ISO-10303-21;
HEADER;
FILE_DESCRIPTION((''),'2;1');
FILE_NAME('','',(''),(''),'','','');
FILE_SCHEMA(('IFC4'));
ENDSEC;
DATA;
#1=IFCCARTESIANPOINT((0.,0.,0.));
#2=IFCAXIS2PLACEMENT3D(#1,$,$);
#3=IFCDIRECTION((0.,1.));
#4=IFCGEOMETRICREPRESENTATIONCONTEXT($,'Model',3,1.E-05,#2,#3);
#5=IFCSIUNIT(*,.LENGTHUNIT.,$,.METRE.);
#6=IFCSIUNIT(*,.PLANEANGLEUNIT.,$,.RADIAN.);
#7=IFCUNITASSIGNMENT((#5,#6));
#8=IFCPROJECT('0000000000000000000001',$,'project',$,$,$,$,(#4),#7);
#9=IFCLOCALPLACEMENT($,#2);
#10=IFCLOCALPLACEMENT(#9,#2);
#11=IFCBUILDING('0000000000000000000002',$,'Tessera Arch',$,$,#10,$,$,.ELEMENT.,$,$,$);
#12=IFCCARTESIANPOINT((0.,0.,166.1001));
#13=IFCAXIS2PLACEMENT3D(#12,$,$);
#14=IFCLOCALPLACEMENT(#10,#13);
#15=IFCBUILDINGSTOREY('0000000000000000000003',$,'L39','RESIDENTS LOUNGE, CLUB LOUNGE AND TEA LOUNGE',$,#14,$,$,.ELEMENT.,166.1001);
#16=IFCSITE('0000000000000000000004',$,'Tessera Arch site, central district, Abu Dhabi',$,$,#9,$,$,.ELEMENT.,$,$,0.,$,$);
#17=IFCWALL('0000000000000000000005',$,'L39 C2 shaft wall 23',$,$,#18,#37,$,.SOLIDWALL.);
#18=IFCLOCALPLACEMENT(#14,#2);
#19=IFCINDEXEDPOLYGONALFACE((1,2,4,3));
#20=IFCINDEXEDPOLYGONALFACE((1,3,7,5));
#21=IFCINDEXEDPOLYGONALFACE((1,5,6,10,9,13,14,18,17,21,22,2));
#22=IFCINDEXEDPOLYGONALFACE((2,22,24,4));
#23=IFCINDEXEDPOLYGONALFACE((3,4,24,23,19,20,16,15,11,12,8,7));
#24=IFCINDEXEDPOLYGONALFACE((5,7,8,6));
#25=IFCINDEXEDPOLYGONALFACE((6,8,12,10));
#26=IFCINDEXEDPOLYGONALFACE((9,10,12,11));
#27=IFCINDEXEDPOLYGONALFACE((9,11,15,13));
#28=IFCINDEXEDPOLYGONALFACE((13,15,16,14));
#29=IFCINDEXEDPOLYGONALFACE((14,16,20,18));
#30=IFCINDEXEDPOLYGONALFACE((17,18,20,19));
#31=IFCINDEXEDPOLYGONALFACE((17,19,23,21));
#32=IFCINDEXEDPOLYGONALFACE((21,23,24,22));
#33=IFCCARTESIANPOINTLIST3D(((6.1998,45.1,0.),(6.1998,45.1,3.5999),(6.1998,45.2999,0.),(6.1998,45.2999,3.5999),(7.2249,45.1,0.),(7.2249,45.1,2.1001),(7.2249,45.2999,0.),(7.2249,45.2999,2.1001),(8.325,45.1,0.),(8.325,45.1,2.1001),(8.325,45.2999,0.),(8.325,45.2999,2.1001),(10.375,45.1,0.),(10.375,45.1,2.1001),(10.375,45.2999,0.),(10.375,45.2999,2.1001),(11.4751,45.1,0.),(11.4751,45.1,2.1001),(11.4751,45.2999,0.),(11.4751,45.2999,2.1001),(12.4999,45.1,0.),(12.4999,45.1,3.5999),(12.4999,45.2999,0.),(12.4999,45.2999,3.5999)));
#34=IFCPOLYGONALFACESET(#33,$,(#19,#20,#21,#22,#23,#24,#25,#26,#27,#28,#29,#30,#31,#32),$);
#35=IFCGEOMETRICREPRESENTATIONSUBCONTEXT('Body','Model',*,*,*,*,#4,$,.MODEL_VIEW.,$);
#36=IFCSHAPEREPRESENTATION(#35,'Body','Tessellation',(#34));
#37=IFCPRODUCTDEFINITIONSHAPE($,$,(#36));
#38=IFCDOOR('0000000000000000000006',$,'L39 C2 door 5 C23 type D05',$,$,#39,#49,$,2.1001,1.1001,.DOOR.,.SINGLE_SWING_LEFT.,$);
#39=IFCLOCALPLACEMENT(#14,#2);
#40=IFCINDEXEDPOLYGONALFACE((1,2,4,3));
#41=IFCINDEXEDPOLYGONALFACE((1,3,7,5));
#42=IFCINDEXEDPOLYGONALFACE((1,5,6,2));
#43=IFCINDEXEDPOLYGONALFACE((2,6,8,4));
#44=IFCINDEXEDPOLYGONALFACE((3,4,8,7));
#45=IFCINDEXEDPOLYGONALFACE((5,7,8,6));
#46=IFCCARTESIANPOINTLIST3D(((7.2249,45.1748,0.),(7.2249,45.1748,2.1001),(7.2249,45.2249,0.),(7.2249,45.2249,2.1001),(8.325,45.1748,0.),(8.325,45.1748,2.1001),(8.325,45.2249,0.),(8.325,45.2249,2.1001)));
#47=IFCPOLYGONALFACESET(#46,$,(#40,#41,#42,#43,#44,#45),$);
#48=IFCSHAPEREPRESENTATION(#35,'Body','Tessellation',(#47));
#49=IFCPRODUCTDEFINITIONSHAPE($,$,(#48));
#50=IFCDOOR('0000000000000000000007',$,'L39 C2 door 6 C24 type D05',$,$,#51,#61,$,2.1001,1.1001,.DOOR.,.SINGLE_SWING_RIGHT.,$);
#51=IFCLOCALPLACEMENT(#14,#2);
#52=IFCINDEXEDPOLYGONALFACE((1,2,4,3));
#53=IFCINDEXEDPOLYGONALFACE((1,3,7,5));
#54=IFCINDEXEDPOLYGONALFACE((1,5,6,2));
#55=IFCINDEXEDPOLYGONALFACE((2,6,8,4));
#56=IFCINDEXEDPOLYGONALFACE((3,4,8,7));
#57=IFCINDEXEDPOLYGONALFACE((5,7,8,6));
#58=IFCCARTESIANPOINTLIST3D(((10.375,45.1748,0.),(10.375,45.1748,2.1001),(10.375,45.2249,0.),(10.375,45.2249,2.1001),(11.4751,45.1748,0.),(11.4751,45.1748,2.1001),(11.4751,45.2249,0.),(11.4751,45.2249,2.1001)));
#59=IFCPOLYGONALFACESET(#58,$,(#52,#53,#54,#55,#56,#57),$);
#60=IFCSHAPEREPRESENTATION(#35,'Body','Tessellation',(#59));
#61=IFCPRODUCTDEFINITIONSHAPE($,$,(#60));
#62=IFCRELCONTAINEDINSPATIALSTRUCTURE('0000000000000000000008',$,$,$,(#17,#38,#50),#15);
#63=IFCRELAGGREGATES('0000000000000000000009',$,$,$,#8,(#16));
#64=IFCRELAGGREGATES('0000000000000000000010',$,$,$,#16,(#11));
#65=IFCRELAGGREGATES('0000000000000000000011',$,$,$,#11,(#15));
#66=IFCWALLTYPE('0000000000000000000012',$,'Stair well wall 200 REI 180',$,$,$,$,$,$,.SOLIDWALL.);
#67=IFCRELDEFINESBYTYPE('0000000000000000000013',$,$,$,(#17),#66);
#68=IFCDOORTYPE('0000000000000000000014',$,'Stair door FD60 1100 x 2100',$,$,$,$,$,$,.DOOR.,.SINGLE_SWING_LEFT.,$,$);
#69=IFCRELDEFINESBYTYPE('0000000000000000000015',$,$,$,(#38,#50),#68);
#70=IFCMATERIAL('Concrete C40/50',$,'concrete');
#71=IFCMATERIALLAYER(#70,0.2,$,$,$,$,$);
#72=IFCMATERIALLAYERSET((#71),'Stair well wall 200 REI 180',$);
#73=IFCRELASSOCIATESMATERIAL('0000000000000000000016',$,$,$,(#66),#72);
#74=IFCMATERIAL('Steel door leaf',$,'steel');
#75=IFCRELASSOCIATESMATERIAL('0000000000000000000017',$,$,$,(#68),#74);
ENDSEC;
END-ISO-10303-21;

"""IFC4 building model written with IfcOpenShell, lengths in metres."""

from ifc_helpers import new_model, si_unit, direction, frame, frame_2d, origin, place, context, subcontext, project, spatial, rectangle, extrude, material, layer, layer_set, type_object, element, fill, save


model = new_model("IFC4")

# Units and contexts
model_context = context("Model", 3, precision=1e-05, world=origin(), true_north=direction((0.0, 1.0)))
body_context = subcontext(model_context, "Body", "Model", "MODEL_VIEW")
ifc_project = project(units=[si_unit("LENGTHUNIT", "METRE"), si_unit("PLANEANGLEUNIT", "RADIAN")], contexts=[model_context])

# Site, building, storey
site_placement = place(None, origin())
site = spatial("IfcSite", under=ifc_project, at=site_placement, Name="Tessera Arch site, central district, Abu Dhabi", CompositionType="ELEMENT", RefElevation=0.0)
building_placement = place(site_placement, origin())
building = spatial("IfcBuilding", under=site, at=building_placement, Name="Tessera Arch", CompositionType="ELEMENT")
storey_placement = place(building_placement, frame((0.0, 0.0, 166.1001)))
storey = spatial("IfcBuildingStorey", under=building, at=storey_placement, Name="L39", Description="RESIDENTS LOUNGE, CLUB LOUNGE AND TEA LOUNGE", CompositionType="ELEMENT", Elevation=166.1001)

# Wall, openings, doors
ifc_material_1 = material(Name="Concrete C40/50", Category="concrete")
ifc_layer_1 = layer(ifc_material_1, 0.2)
ifc_layer_set_1 = layer_set([ifc_layer_1], Name="Stair well wall 200 REI 180")
wall_type_1 = type_object("IfcWallType", Name="Stair well wall 200 REI 180", PredefinedType="SOLIDWALL", material=ifc_layer_set_1)
wall_1_placement = place(storey_placement, frame((6.2, 45.2, 0.0), z_axis=(0.0, 0.0, 1.0), x_axis=(1.0, 0.0, 0.0)))
wall_1 = element("IfcWall", 1, at=wall_1_placement, inside=storey, type_object=wall_type_1, Name="L39 C2 shaft wall 23", PredefinedType="SOLIDWALL", context=body_context, shape_type="SweptSolid", body=[
    extrude(rectangle(XDim=6.3, YDim=0.2, at=frame_2d((3.1499, 0.0))), origin(), (0.0, 0.0, 1.0), 3.5999),
])
opening_1_placement = place(wall_1_placement, frame((1.0249, 0.0, 0.0)))
opening_1 = element("IfcOpeningElement", 2, at=opening_1_placement, cuts=wall_1, PredefinedType="OPENING", context=body_context, shape_type="SweptSolid", body=[
    extrude(rectangle(XDim=1.1001, YDim=2.1001, at=frame_2d((0.55, 1.05))), frame((0.0, 0.1099, 0.0), z_axis=(0.0, -1.0, 0.0), x_axis=(1.0, 0.0, 0.0)), (0.0, 0.0, 1.0), 0.22),
])
opening_2_placement = place(wall_1_placement, frame((4.175, 0.0, 0.0)))
opening_2 = element("IfcOpeningElement", 3, at=opening_2_placement, cuts=wall_1, PredefinedType="OPENING", context=body_context, shape_type="SweptSolid", body=[
    extrude(rectangle(XDim=1.1001, YDim=2.1001, at=frame_2d((0.55, 1.05))), frame((0.0, 0.1099, 0.0), z_axis=(0.0, -1.0, 0.0), x_axis=(1.0, 0.0, 0.0)), (0.0, 0.0, 1.0), 0.22),
])
ifc_material_2 = material(Name="Steel door leaf", Category="steel")
door_type_1 = type_object("IfcDoorType", Name="Stair door FD60 1100 x 2100", OperationType="SINGLE_SWING_LEFT", PredefinedType="DOOR", material=ifc_material_2)
door_1_placement = place(opening_1_placement, origin())
door_1 = element("IfcDoor", 4, at=door_1_placement, inside=storey, type_object=door_type_1, Name="L39 C2 door 5 C23 type D05", OperationType="SINGLE_SWING_LEFT", OverallHeight=2.1001, OverallWidth=1.1001, PredefinedType="DOOR", context=body_context, shape_type="SweptSolid", body=[
    extrude(rectangle(XDim=1.1001, YDim=2.1001, at=frame_2d((0.55, 1.05))), frame((0.0, 0.0249, 0.0), z_axis=(0.0, -1.0, 0.0), x_axis=(1.0, 0.0, 0.0)), (0.0, 0.0, 1.0), 0.05),
])
fill(opening_1, door_1)
door_2_placement = place(opening_2_placement, origin())
door_2 = element("IfcDoor", 5, at=door_2_placement, inside=storey, type_object=door_type_1, Name="L39 C2 door 6 C24 type D05", OperationType="SINGLE_SWING_RIGHT", OverallHeight=2.1001, OverallWidth=1.1001, PredefinedType="DOOR", context=body_context, shape_type="SweptSolid", body=[
    extrude(rectangle(XDim=1.1001, YDim=2.1001, at=frame_2d((0.55, 1.05))), frame((0.0, 0.0249, 0.0), z_axis=(0.0, -1.0, 0.0), x_axis=(1.0, 0.0, 0.0)), (0.0, 0.0, 1.0), 0.05),
])
fill(opening_2, door_2)

save(model, "model.ifc")
